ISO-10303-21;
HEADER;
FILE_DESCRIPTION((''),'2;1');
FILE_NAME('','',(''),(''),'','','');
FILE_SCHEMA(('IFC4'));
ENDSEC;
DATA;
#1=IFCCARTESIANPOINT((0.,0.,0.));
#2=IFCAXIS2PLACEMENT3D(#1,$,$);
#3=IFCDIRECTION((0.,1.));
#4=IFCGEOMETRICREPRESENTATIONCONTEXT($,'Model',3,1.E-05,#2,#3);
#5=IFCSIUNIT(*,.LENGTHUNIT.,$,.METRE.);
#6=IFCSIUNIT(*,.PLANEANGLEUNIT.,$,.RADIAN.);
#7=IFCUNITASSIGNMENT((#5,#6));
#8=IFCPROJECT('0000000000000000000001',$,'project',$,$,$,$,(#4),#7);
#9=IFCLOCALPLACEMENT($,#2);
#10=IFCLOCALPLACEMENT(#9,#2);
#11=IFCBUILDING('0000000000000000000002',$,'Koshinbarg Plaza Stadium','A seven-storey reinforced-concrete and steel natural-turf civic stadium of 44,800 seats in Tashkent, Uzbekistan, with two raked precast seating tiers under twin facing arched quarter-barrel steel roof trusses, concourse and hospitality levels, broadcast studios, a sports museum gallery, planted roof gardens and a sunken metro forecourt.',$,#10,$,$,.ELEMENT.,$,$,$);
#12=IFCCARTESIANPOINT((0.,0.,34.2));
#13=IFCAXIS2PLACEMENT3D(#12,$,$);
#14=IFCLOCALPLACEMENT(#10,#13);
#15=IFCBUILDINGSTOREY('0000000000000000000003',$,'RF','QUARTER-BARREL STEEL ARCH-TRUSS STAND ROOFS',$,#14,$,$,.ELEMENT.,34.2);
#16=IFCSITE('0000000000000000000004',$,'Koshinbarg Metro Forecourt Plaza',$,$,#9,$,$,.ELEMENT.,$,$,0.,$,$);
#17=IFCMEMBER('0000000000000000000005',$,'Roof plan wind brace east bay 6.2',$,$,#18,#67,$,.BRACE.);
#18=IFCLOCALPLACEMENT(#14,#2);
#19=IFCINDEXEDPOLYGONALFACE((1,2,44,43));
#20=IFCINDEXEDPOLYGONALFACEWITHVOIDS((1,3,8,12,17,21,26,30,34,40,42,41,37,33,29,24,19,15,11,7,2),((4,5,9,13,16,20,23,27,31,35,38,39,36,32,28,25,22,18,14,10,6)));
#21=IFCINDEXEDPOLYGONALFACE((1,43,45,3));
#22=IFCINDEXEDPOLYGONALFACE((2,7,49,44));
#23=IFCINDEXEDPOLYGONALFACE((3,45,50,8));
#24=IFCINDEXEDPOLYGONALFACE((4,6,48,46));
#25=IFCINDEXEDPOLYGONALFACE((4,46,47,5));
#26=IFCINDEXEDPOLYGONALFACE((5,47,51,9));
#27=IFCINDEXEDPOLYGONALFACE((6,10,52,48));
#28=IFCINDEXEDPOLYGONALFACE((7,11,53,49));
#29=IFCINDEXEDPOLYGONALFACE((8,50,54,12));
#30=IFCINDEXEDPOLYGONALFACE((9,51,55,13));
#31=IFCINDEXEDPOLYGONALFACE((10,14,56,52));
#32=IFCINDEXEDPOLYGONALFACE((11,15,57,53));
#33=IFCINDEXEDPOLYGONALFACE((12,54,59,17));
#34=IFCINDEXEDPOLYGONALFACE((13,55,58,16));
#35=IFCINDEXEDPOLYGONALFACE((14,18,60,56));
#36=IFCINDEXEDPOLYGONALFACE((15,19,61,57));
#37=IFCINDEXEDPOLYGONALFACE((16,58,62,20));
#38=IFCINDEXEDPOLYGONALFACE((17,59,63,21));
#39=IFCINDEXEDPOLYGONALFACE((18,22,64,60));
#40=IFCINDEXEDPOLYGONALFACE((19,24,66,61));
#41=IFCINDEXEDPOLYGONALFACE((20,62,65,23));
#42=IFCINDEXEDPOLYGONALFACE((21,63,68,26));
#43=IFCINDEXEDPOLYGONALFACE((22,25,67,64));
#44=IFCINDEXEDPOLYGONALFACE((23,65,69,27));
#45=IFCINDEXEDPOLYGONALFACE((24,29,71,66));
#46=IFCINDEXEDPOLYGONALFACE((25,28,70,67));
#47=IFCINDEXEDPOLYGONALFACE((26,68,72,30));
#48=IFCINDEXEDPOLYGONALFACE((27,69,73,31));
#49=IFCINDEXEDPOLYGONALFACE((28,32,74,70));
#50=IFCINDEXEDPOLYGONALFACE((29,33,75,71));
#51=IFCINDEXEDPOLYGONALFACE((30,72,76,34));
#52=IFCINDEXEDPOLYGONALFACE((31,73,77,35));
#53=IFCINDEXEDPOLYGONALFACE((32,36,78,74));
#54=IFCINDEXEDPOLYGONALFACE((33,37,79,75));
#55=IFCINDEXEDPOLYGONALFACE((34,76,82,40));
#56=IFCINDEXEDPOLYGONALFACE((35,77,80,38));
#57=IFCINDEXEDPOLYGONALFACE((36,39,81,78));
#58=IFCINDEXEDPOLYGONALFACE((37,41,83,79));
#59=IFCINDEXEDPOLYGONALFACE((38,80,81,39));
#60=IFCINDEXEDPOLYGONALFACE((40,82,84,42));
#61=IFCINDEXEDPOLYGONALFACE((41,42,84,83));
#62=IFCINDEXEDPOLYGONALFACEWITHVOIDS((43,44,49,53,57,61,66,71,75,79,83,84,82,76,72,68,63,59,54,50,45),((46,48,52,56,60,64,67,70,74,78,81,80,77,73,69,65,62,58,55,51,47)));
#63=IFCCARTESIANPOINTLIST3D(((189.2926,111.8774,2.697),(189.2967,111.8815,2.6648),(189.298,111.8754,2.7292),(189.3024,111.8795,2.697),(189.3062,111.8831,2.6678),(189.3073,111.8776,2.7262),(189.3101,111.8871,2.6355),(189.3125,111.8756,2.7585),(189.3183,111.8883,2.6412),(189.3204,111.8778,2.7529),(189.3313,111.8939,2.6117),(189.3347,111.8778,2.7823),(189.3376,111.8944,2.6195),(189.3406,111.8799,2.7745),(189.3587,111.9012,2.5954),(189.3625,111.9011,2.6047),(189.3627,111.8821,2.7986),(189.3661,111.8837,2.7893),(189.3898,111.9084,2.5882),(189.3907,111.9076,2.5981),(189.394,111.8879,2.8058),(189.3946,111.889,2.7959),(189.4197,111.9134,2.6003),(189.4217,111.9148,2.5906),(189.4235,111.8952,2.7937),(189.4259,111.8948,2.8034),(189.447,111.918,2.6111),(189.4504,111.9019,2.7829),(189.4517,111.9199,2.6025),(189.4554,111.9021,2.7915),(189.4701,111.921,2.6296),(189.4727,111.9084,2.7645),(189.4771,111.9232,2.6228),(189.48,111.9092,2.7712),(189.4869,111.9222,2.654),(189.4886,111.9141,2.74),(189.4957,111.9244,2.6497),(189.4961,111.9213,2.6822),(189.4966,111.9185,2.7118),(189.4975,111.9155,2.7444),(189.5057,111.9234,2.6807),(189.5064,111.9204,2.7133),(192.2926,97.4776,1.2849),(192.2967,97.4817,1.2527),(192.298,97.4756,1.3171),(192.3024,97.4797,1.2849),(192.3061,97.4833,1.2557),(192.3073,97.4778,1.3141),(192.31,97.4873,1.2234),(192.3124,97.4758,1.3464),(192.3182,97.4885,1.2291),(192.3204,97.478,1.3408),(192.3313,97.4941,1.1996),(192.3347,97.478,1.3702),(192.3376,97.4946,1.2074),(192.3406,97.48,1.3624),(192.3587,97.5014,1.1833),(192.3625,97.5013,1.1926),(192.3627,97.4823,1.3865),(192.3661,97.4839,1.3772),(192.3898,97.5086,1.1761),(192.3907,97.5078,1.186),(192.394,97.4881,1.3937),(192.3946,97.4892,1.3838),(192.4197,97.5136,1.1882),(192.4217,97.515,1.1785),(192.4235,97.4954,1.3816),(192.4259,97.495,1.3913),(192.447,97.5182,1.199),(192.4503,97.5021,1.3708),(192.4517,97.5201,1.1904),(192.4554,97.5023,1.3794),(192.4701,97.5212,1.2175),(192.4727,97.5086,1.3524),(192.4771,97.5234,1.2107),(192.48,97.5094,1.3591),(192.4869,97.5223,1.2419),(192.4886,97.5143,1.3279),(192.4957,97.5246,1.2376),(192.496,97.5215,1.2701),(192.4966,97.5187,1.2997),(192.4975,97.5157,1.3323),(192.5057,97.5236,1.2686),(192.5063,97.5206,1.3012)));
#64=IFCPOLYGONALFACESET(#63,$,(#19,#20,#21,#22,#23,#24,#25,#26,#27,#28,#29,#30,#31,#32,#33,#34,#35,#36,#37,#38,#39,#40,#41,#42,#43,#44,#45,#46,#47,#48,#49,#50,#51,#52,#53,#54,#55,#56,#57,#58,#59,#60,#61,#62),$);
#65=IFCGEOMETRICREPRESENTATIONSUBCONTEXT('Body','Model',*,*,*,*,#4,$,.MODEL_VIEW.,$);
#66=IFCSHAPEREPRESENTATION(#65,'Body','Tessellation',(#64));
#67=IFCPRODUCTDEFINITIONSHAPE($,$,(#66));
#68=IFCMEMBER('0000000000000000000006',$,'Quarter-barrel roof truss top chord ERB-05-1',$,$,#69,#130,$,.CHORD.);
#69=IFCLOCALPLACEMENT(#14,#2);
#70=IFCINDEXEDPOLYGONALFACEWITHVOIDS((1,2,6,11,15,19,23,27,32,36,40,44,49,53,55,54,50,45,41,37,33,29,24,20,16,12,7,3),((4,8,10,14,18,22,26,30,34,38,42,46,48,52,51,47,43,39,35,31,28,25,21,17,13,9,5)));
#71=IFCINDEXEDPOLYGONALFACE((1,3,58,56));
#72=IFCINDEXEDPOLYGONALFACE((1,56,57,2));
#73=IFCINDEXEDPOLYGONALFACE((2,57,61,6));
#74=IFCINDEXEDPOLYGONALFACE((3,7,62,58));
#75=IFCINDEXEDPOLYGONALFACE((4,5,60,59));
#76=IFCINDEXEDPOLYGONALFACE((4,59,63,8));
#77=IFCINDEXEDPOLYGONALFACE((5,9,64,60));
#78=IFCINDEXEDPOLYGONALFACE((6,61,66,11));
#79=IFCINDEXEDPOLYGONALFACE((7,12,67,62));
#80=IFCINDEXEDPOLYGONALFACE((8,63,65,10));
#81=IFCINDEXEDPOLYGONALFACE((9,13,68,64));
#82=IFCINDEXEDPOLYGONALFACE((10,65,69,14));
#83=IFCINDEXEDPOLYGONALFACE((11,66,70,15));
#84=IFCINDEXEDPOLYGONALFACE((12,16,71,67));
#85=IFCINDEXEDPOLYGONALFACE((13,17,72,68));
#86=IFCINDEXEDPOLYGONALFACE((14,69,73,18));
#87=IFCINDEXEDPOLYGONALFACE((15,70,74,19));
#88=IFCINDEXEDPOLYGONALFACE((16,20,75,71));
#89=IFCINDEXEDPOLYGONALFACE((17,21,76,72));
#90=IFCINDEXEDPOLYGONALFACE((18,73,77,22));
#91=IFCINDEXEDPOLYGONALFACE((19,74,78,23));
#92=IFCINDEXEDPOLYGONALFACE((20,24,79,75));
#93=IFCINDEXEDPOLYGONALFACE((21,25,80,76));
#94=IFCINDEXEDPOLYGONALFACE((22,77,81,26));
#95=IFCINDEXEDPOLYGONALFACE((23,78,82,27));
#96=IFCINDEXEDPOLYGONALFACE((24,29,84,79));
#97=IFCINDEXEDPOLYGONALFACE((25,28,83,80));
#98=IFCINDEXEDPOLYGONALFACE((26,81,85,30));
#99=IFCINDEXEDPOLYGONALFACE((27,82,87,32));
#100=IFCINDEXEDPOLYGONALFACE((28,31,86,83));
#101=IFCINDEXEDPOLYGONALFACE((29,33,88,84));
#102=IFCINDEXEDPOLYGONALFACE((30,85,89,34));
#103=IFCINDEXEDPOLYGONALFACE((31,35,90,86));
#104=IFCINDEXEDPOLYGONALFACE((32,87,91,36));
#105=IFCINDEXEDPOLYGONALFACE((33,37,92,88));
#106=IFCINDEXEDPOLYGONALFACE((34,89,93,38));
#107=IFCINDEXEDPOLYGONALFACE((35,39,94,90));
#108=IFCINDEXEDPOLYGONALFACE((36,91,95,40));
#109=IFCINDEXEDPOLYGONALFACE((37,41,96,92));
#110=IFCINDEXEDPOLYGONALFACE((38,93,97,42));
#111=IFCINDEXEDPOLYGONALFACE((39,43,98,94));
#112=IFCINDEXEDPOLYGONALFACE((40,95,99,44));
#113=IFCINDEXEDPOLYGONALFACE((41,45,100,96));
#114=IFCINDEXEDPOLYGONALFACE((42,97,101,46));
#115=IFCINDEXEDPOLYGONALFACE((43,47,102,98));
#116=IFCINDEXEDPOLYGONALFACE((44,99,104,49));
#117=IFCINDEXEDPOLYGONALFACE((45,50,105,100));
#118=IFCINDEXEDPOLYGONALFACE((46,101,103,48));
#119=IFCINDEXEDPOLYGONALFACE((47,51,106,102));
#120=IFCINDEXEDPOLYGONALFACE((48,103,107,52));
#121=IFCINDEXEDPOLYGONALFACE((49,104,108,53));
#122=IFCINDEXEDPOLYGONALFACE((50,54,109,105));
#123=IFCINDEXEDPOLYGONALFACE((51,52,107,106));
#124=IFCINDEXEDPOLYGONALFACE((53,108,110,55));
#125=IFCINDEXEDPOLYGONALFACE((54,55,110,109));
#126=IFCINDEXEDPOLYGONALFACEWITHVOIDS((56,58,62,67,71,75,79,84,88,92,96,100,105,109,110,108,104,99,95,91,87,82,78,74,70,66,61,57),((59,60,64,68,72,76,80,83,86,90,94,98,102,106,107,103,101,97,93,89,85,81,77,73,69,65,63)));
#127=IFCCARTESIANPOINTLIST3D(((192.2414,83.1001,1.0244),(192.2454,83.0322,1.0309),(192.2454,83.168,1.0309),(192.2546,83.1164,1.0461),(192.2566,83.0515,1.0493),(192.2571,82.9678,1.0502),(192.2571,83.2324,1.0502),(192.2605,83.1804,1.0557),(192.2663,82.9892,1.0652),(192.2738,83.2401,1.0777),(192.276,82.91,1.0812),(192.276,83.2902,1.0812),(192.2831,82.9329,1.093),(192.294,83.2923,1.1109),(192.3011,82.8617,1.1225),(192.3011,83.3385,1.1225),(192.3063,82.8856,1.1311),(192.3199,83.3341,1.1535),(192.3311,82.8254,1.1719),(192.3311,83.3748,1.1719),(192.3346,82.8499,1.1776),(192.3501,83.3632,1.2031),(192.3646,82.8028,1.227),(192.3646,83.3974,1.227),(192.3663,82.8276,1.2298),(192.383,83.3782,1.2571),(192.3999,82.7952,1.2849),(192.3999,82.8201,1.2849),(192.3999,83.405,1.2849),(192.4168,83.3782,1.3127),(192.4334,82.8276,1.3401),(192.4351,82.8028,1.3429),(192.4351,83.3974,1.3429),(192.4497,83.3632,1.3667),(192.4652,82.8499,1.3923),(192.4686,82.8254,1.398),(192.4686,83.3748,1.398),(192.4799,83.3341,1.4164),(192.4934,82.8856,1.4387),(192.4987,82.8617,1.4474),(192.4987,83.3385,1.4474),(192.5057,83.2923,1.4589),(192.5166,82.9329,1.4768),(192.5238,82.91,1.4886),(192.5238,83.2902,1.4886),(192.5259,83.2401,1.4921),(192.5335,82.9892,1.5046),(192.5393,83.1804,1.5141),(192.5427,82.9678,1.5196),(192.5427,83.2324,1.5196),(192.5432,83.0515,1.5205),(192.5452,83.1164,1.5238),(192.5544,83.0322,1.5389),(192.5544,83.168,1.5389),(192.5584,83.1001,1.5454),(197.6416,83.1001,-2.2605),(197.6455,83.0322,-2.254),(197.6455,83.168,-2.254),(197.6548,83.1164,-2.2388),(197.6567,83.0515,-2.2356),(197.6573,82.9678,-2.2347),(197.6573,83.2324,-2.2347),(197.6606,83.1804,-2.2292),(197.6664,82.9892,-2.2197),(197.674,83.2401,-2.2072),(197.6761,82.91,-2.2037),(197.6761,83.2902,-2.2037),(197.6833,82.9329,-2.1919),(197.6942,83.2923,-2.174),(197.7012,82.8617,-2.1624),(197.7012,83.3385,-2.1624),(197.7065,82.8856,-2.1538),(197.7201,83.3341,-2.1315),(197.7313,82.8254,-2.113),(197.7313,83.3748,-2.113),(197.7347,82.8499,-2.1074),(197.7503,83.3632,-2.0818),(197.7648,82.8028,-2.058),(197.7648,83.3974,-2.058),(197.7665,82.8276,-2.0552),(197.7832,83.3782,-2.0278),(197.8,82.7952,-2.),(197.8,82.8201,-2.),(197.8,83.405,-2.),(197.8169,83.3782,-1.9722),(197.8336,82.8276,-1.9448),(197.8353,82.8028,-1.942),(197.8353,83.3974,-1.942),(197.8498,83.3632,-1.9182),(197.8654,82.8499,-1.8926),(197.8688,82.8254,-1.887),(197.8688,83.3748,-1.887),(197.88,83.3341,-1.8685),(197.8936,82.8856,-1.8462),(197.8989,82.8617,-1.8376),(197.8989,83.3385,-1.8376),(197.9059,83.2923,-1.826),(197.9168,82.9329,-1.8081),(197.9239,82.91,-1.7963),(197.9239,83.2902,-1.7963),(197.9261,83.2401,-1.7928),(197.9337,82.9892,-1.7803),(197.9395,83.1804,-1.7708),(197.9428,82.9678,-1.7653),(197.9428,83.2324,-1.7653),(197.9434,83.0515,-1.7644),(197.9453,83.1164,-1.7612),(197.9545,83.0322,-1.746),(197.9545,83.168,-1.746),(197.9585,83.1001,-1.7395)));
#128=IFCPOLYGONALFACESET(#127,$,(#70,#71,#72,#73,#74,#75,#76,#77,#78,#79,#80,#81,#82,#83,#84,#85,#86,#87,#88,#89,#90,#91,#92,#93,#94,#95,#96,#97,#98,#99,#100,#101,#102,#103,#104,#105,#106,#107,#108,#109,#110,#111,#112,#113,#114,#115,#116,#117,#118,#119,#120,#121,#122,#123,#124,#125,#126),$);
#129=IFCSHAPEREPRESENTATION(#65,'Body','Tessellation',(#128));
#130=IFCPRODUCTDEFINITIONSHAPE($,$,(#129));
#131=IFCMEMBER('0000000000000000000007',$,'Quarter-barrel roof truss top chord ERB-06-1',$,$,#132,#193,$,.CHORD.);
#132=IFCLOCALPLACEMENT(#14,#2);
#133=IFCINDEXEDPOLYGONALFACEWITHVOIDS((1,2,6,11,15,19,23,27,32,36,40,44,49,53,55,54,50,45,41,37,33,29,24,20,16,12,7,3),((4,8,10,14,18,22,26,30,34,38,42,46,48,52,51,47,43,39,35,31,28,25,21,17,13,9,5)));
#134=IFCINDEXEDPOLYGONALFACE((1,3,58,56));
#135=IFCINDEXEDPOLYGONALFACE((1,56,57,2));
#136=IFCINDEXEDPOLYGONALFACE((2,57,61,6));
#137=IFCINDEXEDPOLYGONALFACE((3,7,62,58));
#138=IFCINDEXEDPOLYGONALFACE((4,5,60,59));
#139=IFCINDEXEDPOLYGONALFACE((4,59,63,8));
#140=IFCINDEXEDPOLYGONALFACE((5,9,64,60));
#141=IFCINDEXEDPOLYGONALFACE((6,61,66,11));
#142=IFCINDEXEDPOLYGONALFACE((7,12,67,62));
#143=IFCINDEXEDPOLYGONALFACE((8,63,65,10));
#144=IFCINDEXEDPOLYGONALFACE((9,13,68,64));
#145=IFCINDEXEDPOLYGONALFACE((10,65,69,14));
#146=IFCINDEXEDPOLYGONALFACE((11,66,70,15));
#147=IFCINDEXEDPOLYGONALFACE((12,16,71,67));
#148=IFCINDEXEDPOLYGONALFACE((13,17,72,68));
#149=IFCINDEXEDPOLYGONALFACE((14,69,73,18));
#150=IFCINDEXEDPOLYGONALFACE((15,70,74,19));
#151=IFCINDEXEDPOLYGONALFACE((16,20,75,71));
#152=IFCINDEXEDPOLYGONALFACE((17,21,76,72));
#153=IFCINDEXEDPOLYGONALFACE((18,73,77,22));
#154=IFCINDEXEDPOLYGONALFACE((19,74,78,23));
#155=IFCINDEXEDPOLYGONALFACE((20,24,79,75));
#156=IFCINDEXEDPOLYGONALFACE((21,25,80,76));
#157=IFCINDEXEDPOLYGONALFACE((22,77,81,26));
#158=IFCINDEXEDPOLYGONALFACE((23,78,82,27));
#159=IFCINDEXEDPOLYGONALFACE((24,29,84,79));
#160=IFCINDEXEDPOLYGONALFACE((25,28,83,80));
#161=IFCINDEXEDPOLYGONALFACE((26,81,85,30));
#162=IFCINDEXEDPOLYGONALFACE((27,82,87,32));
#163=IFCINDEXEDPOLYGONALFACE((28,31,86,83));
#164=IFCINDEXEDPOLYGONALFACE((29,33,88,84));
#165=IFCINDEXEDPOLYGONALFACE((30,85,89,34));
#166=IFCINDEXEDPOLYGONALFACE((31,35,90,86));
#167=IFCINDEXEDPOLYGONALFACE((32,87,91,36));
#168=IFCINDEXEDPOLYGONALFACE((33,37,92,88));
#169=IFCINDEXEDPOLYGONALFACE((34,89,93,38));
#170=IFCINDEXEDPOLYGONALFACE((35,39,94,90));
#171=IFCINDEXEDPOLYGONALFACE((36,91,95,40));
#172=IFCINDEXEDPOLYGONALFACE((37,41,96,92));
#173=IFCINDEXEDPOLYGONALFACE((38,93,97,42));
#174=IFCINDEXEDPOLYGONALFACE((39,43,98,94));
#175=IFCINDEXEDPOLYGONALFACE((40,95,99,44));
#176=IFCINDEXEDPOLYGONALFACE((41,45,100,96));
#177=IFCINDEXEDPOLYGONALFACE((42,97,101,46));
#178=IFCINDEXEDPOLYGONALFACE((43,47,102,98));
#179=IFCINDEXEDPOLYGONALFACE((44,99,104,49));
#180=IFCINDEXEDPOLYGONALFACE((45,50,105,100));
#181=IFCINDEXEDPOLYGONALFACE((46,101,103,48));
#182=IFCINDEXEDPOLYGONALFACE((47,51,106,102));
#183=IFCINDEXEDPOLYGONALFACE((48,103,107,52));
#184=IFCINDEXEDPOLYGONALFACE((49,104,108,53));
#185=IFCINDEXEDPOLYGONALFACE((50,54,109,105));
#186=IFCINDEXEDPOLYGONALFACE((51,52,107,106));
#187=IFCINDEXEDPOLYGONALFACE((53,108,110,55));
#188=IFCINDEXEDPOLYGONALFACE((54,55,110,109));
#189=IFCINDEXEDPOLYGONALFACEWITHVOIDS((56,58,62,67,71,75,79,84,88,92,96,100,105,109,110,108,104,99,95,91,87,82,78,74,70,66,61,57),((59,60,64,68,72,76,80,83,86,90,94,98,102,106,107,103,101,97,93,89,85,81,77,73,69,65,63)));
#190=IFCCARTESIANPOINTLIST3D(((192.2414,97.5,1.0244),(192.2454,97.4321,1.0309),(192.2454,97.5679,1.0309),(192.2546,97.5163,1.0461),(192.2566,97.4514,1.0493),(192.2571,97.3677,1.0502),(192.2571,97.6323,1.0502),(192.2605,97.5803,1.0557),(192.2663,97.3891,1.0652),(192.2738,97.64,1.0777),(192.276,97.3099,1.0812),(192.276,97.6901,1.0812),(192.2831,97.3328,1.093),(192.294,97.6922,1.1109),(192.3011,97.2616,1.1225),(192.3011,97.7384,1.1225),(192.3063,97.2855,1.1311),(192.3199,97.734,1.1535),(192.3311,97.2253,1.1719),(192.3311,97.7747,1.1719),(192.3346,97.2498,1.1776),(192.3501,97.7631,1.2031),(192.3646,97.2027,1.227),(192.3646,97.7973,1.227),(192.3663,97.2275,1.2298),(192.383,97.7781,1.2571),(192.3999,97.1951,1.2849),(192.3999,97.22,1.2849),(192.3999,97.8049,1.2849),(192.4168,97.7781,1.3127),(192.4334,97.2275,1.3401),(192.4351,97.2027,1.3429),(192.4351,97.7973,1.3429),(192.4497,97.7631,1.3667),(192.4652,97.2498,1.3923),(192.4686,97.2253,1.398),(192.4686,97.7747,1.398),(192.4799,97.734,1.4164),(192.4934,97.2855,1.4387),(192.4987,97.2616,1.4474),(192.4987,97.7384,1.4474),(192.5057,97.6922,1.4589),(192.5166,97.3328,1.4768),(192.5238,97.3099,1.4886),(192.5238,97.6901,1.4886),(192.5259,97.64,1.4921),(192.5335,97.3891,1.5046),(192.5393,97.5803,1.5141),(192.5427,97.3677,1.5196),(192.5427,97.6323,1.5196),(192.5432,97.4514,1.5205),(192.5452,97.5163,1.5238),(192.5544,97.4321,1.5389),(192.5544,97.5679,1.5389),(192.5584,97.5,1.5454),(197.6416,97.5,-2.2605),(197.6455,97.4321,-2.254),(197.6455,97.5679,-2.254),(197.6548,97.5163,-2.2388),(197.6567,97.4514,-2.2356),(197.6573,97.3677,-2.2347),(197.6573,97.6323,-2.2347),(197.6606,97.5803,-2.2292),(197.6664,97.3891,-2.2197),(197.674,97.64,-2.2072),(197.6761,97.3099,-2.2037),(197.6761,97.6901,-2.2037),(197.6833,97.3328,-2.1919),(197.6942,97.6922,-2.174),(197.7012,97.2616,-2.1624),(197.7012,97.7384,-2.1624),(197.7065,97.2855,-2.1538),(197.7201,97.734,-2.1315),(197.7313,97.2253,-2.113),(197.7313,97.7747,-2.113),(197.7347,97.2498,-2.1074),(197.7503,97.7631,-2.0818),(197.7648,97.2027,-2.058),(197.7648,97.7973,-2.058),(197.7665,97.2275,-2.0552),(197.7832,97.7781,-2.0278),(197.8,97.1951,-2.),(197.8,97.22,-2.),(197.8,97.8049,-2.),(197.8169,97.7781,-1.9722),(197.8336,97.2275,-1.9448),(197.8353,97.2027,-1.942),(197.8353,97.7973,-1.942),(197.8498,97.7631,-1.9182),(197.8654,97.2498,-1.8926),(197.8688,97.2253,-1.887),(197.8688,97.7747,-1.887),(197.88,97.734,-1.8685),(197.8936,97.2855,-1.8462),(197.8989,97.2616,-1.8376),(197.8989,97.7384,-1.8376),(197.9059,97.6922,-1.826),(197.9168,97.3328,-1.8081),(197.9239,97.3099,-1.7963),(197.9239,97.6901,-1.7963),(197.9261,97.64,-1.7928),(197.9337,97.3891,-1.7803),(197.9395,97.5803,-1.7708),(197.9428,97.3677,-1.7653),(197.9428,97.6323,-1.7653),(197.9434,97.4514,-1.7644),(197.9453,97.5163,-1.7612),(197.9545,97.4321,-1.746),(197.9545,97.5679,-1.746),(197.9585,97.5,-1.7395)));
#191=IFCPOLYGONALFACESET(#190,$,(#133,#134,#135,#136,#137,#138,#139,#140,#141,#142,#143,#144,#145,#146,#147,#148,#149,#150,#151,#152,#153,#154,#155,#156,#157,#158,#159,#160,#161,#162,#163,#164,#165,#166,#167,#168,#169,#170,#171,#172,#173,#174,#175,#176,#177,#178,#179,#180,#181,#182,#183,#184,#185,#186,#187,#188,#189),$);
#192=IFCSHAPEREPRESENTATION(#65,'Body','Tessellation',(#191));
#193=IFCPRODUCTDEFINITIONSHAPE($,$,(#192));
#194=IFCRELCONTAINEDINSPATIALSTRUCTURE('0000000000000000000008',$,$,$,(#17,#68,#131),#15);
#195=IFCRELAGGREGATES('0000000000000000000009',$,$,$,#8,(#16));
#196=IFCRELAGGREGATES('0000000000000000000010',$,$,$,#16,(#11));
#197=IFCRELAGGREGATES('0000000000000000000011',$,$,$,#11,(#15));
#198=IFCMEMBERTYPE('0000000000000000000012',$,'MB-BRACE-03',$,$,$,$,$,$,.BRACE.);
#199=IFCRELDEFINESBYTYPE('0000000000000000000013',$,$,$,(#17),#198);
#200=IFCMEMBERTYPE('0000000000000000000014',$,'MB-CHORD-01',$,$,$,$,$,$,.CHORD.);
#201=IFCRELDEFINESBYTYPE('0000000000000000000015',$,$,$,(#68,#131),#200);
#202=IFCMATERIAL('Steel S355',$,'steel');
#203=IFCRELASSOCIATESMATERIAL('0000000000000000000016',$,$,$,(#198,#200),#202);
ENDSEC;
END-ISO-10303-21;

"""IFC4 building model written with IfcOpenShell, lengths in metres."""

from ifc_helpers import new_model, si_unit, direction, frame, origin, origin_2d, place, context, subcontext, project, spatial, hollow_circle, extrude, material, material_profile, profile_set, type_object, element, save


model = new_model("IFC4")

# Units and contexts
model_context = context("Model", 3, precision=1e-05, world=origin(), true_north=direction((0.0, 1.0)))
body_context = subcontext(model_context, "Body", "Model", "MODEL_VIEW")
ifc_project = project(units=[si_unit("LENGTHUNIT", "METRE"), si_unit("PLANEANGLEUNIT", "RADIAN")], contexts=[model_context])

# Site, building, storey
site_placement = place(None, origin())
site = spatial("IfcSite", under=ifc_project, at=site_placement, Name="Koshinbarg Metro Forecourt Plaza", CompositionType="ELEMENT", RefElevation=0.0)
building_placement = place(site_placement, origin())
building = spatial("IfcBuilding", under=site, at=building_placement, Name="Koshinbarg Plaza Stadium", Description="A seven-storey reinforced-concrete and steel natural-turf civic stadium of 44,800 seats in Tashkent, Uzbekistan, with two raked precast seating tiers under twin facing arched quarter-barrel steel roof trusses, concourse and hospitality levels, broadcast studios, a sports museum gallery, planted roof gardens and a sunken metro forecourt.", CompositionType="ELEMENT")
storey_placement = place(building_placement, frame((0.0, 0.0, 34.2)))
storey = spatial("IfcBuildingStorey", under=building, at=storey_placement, Name="RF", Description="QUARTER-BARREL STEEL ARCH-TRUSS STAND ROOFS", CompositionType="ELEMENT", Elevation=34.2)

# Members
ifc_material_1 = material(Name="Steel S355", Category="steel")
ifc_material_profile_1 = material_profile(ifc_material_1, hollow_circle(Radius=0.1096, WallThickness=0.01, at=origin_2d()), Name="CHS 219.1x10")
ifc_profile_set_1 = profile_set([ifc_material_profile_1], Name="Steel S355")
member_type_1 = type_object("IfcMemberType", Name="MB-BRACE-03", PredefinedType="BRACE", material=ifc_profile_set_1)
member_1_placement = place(storey_placement, frame((192.3999, 97.5, 1.2849), z_axis=(-0.203022, 0.9745, 0.095563), x_axis=(-0.97898, -0.203956, 0.0)))
element("IfcMember", 1, at=member_1_placement, inside=storey, type_object=member_type_1, Name="Roof plan wind brace east bay 6.2", PredefinedType="BRACE", context=body_context, shape_type="SweptSolid", body=[
    extrude(hollow_circle(Radius=0.1096, WallThickness=0.01, at=origin_2d()), origin(), (0.0, 0.0, 1.0), 14.7766),
])
ifc_material_profile_2 = material_profile(ifc_material_1, hollow_circle(Radius=0.3049, WallThickness=0.0249, at=origin_2d()), Name="CHS 610x25")
ifc_profile_set_2 = profile_set([ifc_material_profile_2], Name="Steel S355")
member_type_2 = type_object("IfcMemberType", Name="MB-CHORD-01", PredefinedType="CHORD", material=ifc_profile_set_2)
for number, where, z_axis, x_axis, name in (
    (2, (197.8, 83.1001, -2.0), (-0.854348, 0.0, 0.519701), (0.0, -1.0, 0.0), "Quarter-barrel roof truss top chord ERB-05-1"),
    (3, (197.8, 97.5, -2.0), (-0.854348, 0.0, 0.519701), (0.0, -1.0, 0.0), "Quarter-barrel roof truss top chord ERB-06-1"),
):
    element("IfcMember", number, at=place(storey_placement, frame(where, z_axis=z_axis, x_axis=x_axis)), inside=storey, type_object=member_type_2, Name=name, PredefinedType="CHORD", context=body_context, shape_type="SweptSolid", body=[
        extrude(hollow_circle(Radius=0.3049, WallThickness=0.0249, at=origin_2d()), origin(), (0.0, 0.0, 1.0), 6.3208),
    ])

save(model, "model.ifc")
